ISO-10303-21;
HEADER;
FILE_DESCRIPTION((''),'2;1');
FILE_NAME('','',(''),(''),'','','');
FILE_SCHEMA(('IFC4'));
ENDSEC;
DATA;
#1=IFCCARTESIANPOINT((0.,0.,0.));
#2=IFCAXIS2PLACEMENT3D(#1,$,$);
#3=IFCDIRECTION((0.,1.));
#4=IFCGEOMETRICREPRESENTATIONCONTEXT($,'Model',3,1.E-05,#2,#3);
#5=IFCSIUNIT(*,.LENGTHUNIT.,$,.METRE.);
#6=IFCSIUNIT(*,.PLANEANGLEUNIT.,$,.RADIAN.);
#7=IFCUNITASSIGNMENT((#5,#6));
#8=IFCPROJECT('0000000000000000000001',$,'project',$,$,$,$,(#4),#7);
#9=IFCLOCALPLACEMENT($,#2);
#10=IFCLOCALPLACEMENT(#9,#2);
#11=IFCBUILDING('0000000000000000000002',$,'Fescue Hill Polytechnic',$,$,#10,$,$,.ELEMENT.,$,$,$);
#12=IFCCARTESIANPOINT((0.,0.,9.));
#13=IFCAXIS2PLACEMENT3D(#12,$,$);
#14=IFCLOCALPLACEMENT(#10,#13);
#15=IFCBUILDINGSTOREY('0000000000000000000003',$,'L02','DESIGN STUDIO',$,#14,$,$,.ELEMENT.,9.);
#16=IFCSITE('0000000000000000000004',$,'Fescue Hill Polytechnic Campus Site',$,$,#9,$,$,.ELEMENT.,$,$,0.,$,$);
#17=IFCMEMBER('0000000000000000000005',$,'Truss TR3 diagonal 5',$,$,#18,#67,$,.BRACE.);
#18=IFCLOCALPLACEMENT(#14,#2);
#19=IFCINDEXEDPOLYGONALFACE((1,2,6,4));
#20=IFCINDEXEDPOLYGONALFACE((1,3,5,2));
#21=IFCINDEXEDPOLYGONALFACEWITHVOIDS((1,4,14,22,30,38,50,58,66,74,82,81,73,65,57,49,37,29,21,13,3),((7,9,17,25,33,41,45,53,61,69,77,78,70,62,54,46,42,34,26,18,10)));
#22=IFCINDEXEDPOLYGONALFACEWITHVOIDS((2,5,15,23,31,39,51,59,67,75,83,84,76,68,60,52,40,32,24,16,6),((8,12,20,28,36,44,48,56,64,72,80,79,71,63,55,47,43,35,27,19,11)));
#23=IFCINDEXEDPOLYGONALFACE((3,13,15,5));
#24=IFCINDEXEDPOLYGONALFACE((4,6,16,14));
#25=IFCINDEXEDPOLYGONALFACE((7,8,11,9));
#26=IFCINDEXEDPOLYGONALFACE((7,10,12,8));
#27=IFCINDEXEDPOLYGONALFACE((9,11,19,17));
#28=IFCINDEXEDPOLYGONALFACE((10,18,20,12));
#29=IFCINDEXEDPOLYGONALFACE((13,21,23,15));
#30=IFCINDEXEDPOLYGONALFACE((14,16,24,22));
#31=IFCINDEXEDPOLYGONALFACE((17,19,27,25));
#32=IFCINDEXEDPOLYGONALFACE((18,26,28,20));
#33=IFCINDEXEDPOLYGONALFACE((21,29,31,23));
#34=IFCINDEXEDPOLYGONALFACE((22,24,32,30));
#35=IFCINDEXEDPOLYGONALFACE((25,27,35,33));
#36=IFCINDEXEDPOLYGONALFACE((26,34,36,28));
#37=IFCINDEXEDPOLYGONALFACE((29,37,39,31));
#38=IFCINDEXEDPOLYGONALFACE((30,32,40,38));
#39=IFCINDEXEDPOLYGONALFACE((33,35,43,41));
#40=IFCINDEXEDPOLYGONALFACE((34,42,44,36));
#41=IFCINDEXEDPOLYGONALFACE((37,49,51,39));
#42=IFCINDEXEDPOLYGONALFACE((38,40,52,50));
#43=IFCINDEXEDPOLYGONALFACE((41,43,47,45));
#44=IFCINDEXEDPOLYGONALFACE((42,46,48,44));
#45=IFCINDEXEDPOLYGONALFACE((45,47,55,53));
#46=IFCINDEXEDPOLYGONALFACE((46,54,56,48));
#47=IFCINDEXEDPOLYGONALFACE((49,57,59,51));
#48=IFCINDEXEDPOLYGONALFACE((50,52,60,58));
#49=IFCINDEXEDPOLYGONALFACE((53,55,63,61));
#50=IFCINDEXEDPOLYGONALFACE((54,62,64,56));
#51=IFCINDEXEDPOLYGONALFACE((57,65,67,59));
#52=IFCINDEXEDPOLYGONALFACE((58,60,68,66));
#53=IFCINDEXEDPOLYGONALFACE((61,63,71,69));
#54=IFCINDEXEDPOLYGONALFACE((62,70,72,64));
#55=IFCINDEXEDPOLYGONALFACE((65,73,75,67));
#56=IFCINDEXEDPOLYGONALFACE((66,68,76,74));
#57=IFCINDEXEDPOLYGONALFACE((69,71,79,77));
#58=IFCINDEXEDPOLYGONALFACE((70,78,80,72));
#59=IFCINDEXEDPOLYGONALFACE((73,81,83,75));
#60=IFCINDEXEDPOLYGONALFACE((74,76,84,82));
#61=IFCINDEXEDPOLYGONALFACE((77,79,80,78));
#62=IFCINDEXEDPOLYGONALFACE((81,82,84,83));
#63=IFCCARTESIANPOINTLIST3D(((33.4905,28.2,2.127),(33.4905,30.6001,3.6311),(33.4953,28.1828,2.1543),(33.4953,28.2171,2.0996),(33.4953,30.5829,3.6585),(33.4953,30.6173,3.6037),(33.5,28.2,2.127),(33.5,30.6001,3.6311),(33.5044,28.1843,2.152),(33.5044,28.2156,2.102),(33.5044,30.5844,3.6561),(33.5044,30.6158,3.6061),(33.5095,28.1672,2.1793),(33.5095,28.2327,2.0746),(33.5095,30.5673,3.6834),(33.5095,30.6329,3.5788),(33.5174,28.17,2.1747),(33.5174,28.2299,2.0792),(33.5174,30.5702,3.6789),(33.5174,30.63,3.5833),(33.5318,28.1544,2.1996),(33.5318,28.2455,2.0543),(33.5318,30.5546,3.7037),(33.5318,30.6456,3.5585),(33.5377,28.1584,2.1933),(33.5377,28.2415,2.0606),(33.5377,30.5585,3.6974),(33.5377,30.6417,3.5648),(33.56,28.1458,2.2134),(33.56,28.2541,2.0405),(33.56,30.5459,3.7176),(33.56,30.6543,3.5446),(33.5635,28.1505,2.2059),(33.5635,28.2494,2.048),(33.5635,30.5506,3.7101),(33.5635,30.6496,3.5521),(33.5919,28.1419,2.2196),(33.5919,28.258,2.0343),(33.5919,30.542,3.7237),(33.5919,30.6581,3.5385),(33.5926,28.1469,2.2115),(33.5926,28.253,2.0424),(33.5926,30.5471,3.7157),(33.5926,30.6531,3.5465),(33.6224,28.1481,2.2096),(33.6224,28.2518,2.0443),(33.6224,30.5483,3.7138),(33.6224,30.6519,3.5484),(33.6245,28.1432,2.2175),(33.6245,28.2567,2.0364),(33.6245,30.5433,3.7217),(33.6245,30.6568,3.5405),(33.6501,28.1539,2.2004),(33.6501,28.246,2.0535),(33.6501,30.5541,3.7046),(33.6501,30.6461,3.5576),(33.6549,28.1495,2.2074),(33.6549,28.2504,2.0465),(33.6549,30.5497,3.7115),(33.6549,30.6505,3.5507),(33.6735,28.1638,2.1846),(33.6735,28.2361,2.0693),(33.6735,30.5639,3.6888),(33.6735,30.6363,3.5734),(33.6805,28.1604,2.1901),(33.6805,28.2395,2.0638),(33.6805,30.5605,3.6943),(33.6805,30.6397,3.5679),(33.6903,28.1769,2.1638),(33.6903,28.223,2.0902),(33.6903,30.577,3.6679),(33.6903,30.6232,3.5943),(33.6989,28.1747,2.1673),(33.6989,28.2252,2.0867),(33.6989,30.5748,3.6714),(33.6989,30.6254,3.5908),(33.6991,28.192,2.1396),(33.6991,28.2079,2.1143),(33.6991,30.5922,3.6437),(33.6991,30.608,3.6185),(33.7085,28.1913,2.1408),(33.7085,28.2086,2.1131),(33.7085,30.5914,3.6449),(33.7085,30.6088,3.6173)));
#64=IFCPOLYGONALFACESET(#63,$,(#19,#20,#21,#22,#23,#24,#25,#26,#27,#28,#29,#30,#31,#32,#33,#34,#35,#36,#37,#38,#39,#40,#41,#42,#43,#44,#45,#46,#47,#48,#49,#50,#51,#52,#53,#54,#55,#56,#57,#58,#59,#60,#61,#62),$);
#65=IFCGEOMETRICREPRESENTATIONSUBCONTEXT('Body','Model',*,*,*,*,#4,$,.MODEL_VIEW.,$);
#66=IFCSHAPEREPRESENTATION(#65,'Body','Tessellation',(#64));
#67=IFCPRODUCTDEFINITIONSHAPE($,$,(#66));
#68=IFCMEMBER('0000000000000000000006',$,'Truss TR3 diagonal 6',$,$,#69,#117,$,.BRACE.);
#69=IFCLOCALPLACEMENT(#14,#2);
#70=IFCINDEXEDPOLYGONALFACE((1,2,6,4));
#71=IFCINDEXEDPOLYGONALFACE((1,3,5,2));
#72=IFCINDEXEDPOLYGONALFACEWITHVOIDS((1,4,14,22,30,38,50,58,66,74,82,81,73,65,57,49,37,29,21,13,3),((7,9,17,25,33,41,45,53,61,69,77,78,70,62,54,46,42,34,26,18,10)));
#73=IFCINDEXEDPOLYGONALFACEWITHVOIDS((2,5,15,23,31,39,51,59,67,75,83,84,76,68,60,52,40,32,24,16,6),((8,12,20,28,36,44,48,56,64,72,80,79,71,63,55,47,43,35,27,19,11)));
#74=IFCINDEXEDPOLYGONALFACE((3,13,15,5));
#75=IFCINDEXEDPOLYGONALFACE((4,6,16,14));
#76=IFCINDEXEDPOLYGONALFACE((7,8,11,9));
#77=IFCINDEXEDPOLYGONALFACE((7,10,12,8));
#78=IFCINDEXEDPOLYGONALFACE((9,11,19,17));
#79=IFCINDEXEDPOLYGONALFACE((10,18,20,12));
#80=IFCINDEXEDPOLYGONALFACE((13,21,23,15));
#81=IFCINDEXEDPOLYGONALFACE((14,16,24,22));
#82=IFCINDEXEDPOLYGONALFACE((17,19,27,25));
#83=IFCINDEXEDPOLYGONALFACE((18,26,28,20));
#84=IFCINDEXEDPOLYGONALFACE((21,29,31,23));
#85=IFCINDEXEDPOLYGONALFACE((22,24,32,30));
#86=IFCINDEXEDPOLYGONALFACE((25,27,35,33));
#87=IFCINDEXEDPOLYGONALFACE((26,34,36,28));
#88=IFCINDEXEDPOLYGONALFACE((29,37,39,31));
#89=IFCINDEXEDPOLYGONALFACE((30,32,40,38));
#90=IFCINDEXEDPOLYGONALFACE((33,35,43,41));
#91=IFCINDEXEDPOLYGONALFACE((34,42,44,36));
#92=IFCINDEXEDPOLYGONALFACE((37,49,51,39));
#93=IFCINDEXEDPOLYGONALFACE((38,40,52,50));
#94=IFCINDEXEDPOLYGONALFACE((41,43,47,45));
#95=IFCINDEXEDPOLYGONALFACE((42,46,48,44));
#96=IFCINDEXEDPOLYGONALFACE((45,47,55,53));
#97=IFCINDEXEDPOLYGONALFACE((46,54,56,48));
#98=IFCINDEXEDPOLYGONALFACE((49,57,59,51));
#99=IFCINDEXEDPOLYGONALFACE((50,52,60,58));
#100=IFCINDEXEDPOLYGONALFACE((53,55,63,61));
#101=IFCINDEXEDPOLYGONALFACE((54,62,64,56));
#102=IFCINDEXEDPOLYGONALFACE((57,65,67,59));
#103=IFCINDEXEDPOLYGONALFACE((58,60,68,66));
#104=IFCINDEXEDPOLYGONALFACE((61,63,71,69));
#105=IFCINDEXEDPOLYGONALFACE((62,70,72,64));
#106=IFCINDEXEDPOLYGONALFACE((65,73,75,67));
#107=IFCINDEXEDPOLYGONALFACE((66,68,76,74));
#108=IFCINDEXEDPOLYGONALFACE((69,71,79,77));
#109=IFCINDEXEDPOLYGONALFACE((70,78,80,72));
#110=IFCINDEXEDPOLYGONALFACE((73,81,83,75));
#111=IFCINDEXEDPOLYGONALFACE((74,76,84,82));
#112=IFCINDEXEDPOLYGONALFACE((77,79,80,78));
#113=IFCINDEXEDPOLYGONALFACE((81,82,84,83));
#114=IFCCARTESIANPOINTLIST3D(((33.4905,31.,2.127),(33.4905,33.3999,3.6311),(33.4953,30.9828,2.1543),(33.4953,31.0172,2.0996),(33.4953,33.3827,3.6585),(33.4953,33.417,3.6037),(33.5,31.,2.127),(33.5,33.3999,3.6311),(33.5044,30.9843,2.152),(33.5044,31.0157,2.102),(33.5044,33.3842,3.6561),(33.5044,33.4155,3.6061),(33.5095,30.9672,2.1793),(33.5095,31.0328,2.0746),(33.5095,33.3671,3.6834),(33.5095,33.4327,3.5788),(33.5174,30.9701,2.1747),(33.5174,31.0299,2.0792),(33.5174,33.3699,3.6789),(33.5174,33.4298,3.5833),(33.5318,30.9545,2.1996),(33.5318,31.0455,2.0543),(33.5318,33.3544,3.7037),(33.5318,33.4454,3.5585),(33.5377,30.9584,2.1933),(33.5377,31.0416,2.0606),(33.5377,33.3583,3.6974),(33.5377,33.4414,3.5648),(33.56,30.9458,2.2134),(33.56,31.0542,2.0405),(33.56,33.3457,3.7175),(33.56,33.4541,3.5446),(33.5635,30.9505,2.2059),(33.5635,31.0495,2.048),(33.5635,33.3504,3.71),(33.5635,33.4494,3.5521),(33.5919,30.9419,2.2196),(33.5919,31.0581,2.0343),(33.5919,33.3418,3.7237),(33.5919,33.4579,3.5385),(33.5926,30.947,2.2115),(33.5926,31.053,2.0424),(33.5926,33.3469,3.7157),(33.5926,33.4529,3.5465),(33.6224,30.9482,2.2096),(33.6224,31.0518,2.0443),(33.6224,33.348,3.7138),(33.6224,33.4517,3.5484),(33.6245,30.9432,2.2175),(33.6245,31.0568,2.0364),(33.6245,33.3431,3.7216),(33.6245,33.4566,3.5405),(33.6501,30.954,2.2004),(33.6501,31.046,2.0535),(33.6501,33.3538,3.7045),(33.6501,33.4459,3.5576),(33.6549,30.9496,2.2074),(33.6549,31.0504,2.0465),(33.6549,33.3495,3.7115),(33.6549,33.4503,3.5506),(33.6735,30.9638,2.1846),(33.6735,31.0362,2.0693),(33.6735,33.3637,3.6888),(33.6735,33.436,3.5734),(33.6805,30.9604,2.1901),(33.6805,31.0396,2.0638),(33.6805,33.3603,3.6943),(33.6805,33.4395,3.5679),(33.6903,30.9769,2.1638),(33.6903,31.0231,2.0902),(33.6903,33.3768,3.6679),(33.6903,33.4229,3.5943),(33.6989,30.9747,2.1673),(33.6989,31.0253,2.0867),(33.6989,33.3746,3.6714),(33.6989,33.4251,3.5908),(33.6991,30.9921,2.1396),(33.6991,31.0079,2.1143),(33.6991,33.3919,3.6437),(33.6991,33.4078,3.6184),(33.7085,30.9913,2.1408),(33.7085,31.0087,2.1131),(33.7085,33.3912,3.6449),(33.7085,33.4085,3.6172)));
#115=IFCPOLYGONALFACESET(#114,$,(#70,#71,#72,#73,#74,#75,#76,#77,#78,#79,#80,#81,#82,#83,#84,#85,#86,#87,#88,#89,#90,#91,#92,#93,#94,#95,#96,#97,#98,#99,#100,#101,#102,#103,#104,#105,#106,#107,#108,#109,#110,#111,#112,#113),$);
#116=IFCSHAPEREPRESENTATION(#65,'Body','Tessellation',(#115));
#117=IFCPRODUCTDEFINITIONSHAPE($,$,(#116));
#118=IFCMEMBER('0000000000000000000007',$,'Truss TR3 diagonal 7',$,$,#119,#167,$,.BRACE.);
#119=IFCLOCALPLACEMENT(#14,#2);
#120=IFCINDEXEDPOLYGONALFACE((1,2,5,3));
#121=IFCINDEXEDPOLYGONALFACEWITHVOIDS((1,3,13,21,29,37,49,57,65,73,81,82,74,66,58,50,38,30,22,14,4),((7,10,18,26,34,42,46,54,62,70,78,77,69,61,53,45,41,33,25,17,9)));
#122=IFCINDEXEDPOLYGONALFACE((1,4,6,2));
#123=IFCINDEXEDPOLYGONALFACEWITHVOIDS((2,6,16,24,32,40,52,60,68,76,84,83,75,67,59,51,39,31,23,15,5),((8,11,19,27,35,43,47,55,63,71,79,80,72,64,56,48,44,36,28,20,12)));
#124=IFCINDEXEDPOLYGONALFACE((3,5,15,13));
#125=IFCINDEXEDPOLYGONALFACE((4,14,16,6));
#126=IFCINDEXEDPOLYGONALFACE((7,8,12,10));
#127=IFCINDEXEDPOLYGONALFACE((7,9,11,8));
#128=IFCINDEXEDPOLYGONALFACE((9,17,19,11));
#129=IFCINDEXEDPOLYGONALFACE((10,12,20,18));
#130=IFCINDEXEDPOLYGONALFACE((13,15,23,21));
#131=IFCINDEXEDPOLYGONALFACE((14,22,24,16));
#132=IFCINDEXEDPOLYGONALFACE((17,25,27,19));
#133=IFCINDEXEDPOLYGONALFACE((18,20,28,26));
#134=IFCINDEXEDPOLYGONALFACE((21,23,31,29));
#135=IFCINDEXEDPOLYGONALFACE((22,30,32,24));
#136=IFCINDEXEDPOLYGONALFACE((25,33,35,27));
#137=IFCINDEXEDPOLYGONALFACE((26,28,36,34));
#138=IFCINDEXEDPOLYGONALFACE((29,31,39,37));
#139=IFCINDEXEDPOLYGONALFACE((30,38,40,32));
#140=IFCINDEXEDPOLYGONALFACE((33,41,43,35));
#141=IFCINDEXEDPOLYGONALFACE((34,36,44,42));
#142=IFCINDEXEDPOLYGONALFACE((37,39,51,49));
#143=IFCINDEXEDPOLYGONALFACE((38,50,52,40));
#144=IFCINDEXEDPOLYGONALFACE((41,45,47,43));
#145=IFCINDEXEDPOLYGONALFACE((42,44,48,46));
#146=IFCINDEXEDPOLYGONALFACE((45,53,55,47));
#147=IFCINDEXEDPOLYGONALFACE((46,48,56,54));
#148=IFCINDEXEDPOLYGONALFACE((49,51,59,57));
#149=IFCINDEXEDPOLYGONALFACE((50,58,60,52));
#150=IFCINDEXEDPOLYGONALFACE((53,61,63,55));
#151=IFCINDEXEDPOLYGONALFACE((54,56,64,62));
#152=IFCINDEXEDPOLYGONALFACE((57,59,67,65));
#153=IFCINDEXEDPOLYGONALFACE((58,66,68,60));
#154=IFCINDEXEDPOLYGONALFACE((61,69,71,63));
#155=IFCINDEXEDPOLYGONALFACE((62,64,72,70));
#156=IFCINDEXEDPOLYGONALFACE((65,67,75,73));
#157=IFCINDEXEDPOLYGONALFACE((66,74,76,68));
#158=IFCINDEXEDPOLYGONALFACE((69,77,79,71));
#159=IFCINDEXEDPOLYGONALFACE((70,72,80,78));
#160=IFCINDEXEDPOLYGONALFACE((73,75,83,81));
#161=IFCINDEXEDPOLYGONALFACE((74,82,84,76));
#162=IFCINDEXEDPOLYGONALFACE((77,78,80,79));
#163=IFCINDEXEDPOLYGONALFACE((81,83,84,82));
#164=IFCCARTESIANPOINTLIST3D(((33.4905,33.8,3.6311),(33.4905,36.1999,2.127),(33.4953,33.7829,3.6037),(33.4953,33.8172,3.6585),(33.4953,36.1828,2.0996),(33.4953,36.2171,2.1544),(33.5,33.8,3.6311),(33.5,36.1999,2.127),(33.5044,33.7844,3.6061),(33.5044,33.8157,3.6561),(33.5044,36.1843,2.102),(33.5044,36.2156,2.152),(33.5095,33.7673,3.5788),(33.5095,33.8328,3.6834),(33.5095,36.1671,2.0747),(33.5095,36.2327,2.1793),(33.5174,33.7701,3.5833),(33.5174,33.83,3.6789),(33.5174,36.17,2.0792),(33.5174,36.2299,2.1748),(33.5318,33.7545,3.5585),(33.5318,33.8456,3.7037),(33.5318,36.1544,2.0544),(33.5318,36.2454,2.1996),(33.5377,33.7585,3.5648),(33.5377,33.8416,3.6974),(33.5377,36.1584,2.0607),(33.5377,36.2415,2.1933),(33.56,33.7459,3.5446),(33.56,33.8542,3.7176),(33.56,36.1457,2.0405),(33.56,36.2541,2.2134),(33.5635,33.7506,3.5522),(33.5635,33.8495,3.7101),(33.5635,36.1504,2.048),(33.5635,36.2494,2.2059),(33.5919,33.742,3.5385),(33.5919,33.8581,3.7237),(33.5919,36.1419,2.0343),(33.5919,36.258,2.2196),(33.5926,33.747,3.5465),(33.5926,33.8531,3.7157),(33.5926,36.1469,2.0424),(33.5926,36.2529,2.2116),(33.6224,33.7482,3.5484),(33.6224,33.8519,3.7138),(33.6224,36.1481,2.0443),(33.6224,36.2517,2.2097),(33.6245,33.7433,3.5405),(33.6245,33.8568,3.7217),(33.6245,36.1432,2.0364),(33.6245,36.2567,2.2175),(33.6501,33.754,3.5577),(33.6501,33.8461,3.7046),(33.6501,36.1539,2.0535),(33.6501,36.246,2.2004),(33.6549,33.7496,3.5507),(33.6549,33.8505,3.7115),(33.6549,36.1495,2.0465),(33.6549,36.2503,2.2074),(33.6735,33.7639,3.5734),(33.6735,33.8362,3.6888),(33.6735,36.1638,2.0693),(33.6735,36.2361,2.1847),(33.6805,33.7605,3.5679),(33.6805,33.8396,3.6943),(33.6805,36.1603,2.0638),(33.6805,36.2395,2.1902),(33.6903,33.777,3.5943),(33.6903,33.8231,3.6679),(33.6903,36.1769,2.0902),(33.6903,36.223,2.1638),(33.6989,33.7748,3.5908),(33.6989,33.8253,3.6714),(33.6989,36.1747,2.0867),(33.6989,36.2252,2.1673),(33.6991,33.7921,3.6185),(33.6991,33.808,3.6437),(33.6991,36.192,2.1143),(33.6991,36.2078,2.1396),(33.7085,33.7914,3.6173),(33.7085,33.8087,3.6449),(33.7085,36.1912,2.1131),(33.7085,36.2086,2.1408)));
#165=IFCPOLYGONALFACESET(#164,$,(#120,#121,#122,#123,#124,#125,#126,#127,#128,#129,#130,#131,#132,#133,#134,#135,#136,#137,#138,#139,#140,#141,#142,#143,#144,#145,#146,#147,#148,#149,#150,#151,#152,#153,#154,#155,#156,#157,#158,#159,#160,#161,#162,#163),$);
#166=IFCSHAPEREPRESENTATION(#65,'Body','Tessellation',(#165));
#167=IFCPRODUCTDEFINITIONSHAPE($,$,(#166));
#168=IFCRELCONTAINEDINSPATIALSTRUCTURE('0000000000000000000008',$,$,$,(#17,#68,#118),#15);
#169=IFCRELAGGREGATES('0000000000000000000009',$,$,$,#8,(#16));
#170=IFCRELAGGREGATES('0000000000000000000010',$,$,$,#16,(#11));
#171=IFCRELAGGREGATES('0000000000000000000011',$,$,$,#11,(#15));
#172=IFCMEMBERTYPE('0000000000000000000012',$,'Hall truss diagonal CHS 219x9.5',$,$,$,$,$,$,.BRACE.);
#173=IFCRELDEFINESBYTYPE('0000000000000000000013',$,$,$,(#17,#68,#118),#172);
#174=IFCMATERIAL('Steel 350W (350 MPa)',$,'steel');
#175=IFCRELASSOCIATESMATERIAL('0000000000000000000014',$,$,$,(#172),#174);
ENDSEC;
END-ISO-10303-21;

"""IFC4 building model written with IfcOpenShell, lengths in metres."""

from ifc_helpers import new_model, si_unit, direction, frame, origin, origin_2d, place, context, subcontext, project, spatial, hollow_circle, extrude, material, material_profile, profile_set, type_object, element, save


model = new_model("IFC4")

# Units and contexts
model_context = context("Model", 3, precision=1e-05, world=origin(), true_north=direction((0.0, 1.0)))
body_context = subcontext(model_context, "Body", "Model", "MODEL_VIEW")
ifc_project = project(units=[si_unit("LENGTHUNIT", "METRE"), si_unit("PLANEANGLEUNIT", "RADIAN")], contexts=[model_context])

# Site, building, storey
site_placement = place(None, origin())
site = spatial("IfcSite", under=ifc_project, at=site_placement, Name="Fescue Hill Polytechnic Campus Site", CompositionType="ELEMENT", RefElevation=0.0)
building_placement = place(site_placement, origin())
building = spatial("IfcBuilding", under=site, at=building_placement, Name="Fescue Hill Polytechnic", CompositionType="ELEMENT")
storey_placement = place(building_placement, frame((0.0, 0.0, 9.0)))
storey = spatial("IfcBuildingStorey", under=building, at=storey_placement, Name="L02", Description="DESIGN STUDIO", CompositionType="ELEMENT", Elevation=9.0)

# Members
ifc_material = material(Name="Steel 350W (350 MPa)", Category="steel")
ifc_material_profile_1 = material_profile(ifc_material, hollow_circle(Radius=0.1096, WallThickness=0.0095, at=origin_2d()), Name="Hall truss diagonal CHS 219x9.5")
ifc_profile_set_1 = profile_set([ifc_material_profile_1], Name="Steel 350W (350 MPa)")
member_type_1 = type_object("IfcMemberType", Name="Hall truss diagonal CHS 219x9.5", PredefinedType="BRACE", material=ifc_profile_set_1)
for number, where, z_axis, x_axis, name in (
    (1, (33.6001, 28.2, 2.127), (0.0, 0.847354, 0.531029), (-1.0, 0.0, 0.0), "Truss TR3 diagonal 5"),
):
    element("IfcMember", number, at=place(storey_placement, frame(where, z_axis=z_axis, x_axis=x_axis)), inside=storey, type_object=member_type_1, Name=name, PredefinedType="BRACE", context=body_context, shape_type="SweptSolid", body=[
        extrude(hollow_circle(Radius=0.1096, WallThickness=0.0095, at=origin_2d()), origin(), (0.0, 0.0, 1.0), 2.8325),
    ])
for number, where, z_axis, x_axis, name in (
    (2, (33.6001, 31.0, 2.127), (0.0, 0.847329, 0.531068), (-1.0, 0.0, 0.0), "Truss TR3 diagonal 6"),
    (3, (33.6001, 33.8, 3.6311), (0.0, 0.847329, -0.531068), (-1.0, 0.0, 0.0), "Truss TR3 diagonal 7"),
):
    element("IfcMember", number, at=place(storey_placement, frame(where, z_axis=z_axis, x_axis=x_axis)), inside=storey, type_object=member_type_1, Name=name, PredefinedType="BRACE", context=body_context, shape_type="SweptSolid", body=[
        extrude(hollow_circle(Radius=0.1096, WallThickness=0.0095, at=origin_2d()), origin(), (0.0, 0.0, 1.0), 2.8323),
    ])

save(model, "model.ifc")
